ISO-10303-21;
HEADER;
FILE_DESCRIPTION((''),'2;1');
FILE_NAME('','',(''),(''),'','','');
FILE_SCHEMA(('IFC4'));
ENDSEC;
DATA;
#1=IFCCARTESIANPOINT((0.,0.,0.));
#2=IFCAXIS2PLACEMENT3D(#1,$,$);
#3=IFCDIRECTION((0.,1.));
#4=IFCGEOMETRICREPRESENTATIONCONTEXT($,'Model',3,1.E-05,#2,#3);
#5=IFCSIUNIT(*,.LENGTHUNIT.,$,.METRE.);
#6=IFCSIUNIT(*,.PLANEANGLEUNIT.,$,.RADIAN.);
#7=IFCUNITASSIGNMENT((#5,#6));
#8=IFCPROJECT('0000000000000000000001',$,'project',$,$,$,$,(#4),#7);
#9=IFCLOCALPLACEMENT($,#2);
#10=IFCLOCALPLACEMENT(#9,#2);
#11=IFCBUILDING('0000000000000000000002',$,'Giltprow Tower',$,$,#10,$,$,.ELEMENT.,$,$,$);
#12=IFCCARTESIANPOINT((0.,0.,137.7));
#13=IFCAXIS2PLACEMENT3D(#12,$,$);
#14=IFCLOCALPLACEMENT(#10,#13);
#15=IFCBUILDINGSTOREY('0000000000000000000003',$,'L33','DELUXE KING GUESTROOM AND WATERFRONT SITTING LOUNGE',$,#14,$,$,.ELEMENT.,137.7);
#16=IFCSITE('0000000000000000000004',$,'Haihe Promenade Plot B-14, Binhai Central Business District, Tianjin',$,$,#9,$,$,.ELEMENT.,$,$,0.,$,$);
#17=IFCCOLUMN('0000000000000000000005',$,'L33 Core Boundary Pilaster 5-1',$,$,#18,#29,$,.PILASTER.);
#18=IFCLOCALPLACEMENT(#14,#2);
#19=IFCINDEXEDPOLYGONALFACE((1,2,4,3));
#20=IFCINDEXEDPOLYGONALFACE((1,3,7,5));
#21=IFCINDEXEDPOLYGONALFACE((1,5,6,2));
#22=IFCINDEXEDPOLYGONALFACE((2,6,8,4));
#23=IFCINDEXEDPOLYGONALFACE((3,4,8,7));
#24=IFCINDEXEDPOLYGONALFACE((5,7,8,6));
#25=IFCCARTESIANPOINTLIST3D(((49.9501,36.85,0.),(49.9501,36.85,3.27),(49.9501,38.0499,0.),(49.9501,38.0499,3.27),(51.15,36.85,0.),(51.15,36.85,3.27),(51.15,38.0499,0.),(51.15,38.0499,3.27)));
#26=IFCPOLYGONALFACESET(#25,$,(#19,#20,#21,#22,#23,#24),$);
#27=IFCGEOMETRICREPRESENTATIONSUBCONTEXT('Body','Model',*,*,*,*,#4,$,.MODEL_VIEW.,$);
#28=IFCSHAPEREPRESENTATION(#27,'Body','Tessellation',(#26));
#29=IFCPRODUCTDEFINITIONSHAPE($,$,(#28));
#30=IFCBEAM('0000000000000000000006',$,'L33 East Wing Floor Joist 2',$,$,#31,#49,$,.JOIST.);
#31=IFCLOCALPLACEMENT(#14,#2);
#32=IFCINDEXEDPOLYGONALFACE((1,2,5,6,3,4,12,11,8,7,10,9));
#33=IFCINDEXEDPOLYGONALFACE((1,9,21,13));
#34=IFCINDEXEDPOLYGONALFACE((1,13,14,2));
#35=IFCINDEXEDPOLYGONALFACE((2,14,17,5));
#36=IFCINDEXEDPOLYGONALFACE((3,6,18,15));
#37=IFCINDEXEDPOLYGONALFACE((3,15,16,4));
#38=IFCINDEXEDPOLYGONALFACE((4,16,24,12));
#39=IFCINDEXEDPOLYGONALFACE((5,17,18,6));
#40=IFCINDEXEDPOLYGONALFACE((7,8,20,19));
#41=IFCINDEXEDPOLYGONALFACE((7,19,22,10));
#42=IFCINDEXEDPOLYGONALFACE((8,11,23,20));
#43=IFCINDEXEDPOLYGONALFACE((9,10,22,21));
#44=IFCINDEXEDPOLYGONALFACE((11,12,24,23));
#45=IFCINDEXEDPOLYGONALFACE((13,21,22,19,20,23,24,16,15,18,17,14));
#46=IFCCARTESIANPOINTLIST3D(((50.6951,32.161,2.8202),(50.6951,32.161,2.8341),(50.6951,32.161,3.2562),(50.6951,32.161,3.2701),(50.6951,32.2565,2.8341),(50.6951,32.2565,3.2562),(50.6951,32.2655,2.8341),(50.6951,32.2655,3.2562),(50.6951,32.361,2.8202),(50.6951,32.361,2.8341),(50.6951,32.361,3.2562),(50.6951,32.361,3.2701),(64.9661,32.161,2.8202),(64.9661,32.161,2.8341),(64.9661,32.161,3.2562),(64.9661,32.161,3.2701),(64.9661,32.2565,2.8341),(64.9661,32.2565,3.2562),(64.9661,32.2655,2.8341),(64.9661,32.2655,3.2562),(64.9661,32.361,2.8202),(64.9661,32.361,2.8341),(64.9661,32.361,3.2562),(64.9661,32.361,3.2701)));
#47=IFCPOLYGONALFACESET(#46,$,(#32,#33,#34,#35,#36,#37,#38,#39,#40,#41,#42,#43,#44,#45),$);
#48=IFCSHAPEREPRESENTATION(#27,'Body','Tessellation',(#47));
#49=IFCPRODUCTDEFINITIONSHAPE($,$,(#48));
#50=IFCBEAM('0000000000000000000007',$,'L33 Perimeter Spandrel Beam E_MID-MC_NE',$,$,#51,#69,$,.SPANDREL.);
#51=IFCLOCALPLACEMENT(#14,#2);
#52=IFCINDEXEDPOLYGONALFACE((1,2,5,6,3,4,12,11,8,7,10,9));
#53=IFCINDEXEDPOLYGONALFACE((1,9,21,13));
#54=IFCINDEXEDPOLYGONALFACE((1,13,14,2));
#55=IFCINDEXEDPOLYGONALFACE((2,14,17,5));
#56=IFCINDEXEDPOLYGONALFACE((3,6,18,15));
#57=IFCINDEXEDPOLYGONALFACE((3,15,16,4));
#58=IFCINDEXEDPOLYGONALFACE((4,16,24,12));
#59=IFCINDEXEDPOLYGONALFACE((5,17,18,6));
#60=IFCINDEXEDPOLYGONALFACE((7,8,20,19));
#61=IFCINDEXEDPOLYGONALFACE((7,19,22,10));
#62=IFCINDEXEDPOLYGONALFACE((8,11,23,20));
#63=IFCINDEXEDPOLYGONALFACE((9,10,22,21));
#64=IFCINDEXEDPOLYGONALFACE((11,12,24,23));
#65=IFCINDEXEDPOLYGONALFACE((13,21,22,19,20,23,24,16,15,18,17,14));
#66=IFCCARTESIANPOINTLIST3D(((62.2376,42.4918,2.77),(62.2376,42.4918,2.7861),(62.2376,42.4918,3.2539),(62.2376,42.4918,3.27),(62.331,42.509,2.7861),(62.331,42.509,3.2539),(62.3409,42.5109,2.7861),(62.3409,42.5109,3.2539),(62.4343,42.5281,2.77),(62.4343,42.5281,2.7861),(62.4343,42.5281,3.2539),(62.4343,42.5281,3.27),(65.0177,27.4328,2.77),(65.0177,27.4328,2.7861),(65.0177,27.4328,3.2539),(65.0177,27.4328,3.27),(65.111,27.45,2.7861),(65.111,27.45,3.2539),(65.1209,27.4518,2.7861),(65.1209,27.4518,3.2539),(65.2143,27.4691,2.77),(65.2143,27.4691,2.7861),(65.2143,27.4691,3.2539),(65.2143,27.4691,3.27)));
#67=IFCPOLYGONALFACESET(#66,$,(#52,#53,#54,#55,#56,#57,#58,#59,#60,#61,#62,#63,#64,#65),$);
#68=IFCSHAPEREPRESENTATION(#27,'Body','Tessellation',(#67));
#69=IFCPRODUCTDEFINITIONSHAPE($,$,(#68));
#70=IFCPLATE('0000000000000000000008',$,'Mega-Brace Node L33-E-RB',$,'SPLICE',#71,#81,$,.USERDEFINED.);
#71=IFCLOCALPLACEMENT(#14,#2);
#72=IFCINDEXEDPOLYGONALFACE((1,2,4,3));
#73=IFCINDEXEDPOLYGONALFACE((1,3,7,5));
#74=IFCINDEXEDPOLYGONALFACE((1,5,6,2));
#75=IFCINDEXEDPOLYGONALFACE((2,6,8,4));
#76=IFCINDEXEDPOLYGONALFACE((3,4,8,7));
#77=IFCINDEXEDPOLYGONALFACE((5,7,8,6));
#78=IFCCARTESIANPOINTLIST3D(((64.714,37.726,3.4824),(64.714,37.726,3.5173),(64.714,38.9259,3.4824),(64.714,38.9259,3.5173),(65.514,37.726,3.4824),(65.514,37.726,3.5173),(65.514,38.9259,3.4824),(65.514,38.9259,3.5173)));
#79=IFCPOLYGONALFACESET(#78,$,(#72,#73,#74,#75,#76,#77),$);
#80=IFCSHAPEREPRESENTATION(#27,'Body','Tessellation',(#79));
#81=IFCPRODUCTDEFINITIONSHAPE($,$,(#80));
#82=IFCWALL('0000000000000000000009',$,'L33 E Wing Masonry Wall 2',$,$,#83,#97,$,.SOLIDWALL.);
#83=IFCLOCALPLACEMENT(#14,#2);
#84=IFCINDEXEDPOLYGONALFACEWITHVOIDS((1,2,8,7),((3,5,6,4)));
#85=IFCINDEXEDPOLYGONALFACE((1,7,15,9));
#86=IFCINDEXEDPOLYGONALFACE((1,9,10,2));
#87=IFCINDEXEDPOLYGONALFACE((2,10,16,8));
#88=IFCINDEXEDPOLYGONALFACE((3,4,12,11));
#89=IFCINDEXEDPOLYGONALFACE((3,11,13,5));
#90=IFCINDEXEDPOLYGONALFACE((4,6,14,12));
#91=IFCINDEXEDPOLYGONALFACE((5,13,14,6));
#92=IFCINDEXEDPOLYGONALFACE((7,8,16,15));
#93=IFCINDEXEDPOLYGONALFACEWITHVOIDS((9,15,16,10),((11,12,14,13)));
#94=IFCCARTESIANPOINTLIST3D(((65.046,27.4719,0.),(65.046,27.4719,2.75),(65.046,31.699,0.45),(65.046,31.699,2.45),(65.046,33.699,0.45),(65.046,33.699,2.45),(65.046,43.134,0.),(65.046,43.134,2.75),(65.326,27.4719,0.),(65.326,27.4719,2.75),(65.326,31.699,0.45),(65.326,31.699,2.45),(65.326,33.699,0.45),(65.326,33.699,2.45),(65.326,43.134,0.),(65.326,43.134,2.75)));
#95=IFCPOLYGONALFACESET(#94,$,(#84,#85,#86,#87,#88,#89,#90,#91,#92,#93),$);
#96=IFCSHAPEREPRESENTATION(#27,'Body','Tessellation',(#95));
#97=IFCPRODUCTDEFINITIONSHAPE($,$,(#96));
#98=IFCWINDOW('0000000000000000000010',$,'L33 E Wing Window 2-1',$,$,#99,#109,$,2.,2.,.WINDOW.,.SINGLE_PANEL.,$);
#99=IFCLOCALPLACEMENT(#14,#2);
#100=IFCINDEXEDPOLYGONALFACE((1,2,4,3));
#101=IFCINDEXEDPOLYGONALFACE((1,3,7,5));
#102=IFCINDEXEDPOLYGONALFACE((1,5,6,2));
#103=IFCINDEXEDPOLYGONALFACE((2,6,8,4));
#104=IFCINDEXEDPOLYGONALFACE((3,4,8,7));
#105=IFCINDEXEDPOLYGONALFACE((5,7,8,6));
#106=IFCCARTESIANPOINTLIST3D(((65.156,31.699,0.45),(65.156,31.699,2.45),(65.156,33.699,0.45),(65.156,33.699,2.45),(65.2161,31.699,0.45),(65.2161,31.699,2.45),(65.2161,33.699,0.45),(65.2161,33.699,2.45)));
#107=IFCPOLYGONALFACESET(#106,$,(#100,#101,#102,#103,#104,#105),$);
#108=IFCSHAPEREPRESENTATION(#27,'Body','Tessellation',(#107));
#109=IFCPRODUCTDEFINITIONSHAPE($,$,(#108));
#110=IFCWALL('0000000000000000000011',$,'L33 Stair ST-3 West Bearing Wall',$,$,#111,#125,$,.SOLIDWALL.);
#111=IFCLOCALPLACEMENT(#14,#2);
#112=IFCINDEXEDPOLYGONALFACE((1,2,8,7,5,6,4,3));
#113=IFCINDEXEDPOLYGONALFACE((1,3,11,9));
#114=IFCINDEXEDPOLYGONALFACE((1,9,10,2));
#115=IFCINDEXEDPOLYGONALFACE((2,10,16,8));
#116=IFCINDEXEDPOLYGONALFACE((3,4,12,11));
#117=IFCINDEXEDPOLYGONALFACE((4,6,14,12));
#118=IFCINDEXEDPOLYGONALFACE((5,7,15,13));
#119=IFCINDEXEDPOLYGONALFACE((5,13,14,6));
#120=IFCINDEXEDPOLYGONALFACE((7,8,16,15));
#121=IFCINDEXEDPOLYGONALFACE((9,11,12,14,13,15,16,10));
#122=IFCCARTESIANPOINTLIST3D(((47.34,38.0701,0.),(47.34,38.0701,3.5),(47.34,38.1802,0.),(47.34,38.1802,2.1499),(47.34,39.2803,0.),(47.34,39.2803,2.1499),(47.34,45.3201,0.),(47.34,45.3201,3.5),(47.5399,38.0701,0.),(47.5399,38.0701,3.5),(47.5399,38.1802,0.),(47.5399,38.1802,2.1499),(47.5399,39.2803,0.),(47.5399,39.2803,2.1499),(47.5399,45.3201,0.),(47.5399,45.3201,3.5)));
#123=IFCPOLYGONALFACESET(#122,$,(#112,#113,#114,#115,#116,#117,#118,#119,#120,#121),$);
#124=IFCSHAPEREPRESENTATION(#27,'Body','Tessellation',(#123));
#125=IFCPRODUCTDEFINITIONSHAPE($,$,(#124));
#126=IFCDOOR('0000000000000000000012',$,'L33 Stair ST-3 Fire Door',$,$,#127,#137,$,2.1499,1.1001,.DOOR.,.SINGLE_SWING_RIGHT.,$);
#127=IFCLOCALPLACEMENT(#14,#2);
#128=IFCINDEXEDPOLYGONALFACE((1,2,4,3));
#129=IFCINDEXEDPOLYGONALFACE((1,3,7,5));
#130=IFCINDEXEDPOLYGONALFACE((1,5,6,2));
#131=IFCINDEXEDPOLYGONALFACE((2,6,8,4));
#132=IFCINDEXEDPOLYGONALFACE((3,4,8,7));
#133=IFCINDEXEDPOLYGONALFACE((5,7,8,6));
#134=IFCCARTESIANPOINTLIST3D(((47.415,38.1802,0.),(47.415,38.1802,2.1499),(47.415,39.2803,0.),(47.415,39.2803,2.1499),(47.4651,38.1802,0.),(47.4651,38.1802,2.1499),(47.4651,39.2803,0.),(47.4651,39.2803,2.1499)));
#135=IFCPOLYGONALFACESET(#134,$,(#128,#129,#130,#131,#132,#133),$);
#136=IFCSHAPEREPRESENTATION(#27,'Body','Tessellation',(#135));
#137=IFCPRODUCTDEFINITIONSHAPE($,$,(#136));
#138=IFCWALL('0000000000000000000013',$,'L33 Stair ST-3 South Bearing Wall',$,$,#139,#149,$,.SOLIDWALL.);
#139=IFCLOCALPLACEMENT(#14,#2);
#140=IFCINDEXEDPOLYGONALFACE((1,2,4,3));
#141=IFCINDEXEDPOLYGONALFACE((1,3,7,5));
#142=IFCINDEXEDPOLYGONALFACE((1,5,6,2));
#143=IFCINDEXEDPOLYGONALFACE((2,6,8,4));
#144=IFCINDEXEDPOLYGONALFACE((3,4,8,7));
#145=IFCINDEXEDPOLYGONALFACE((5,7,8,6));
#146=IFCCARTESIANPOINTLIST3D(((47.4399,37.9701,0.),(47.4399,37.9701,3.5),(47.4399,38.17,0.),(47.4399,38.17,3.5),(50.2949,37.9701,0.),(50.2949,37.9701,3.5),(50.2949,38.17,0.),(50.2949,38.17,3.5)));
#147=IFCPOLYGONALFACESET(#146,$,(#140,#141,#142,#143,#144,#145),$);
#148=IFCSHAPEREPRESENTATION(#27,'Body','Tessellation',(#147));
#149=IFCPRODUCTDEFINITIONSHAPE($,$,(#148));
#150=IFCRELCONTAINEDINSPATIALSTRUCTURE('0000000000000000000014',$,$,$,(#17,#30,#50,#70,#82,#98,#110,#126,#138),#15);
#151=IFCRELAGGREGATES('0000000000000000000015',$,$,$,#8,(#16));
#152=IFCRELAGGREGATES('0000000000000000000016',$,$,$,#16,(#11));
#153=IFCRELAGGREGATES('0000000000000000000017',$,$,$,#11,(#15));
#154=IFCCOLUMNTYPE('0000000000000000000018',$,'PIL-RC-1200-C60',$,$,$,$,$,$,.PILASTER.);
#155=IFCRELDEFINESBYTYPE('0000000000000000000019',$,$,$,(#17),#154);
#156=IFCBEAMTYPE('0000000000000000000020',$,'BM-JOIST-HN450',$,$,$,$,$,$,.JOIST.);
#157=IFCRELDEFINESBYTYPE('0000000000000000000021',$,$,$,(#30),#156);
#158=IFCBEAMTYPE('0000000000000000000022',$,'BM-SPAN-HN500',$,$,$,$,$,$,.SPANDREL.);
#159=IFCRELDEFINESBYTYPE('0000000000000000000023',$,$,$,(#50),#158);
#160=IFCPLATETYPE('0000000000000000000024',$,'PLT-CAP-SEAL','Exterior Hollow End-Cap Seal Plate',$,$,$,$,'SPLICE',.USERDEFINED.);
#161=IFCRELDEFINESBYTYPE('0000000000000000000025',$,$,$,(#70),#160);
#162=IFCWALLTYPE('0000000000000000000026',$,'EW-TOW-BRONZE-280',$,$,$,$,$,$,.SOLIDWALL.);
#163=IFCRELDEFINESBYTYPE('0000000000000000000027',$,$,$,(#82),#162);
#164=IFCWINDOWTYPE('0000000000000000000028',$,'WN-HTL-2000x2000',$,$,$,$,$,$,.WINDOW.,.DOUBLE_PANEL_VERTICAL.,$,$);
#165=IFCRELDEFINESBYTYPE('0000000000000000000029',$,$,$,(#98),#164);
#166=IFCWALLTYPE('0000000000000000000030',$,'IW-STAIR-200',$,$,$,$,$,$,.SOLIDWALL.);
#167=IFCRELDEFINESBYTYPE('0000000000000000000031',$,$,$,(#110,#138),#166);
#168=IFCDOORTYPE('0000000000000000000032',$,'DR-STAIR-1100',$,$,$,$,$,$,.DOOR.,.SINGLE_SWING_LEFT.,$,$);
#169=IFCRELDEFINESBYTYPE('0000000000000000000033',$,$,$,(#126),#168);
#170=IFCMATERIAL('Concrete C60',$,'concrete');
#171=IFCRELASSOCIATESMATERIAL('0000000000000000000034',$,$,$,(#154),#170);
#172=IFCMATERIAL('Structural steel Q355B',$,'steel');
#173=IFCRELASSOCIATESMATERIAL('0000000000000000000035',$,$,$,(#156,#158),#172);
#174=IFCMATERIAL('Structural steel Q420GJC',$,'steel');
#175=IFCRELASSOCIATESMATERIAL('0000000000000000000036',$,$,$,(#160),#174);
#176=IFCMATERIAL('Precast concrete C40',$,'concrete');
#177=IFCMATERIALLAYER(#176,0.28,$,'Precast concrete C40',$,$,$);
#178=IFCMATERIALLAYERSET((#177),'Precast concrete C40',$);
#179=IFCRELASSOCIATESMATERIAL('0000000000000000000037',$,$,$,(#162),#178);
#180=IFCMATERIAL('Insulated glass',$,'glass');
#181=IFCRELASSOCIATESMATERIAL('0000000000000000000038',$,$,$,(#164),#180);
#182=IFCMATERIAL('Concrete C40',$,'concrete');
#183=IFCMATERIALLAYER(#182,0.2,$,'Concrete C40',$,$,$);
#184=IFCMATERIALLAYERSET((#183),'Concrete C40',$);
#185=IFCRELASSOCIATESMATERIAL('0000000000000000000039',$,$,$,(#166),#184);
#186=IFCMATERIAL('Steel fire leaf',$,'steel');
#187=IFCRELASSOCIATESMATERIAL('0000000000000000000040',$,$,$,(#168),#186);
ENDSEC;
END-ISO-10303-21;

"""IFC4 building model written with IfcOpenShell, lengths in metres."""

from ifc_helpers import new_model, si_unit, direction, frame, frame_2d, origin, origin_2d, place, context, subcontext, project, spatial, rectangle, i_section, extrude, source, transform, mapped, material, layer, layer_set, material_profile, profile_set, type_object, element, fill, save


model = new_model("IFC4")

# Units and contexts
model_context = context("Model", 3, precision=1e-05, world=origin(), true_north=direction((0.0, 1.0)))
body_context = subcontext(model_context, "Body", "Model", "MODEL_VIEW")
ifc_project = project(units=[si_unit("LENGTHUNIT", "METRE"), si_unit("PLANEANGLEUNIT", "RADIAN")], contexts=[model_context])

# Site, building, storey
site_placement = place(None, origin())
site = spatial("IfcSite", under=ifc_project, at=site_placement, Name="Haihe Promenade Plot B-14, Binhai Central Business District, Tianjin", CompositionType="ELEMENT", RefElevation=0.0)
building_placement = place(site_placement, origin())
building = spatial("IfcBuilding", under=site, at=building_placement, Name="Giltprow Tower", CompositionType="ELEMENT")
storey_placement = place(building_placement, frame((0.0, 0.0, 137.7)))
storey = spatial("IfcBuildingStorey", under=building, at=storey_placement, Name="L33", Description="DELUXE KING GUESTROOM AND WATERFRONT SITTING LOUNGE", CompositionType="ELEMENT", Elevation=137.7)

# Column
ifc_material_1 = material(Name="Concrete C60", Category="concrete")
ifc_material_profile_1 = material_profile(ifc_material_1, rectangle(XDim=1.2, YDim=1.2, at=origin_2d()), Name="RC 1200x1200")
ifc_profile_set_1 = profile_set([ifc_material_profile_1], Name="Concrete C60")
column_type = type_object("IfcColumnType", Name="PIL-RC-1200-C60", PredefinedType="PILASTER", material=ifc_profile_set_1)
shared_shape_1 = source(origin(), body_context, "Body", "SweptSolid", [
    extrude(rectangle(XDim=1.2, YDim=1.2, at=origin_2d()), origin(), (0.0, 0.0, 1.0), 3.27),
])
column_placement = place(storey_placement, frame((50.55, 37.45, 0.0), z_axis=(0.0, 0.0, 1.0), x_axis=(1.0, 0.0, 0.0)))
element("IfcColumn", 1, at=column_placement, inside=storey, type_object=column_type, Name="L33 Core Boundary Pilaster 5-1", PredefinedType="PILASTER", context=body_context, shape_type="MappedRepresentation", body=[
    mapped(shared_shape_1, transform((0.0, 0.0, 0.0), x_axis=(1.0, 0.0, 0.0), y_axis=(0.0, 1.0, 0.0), z_axis=(0.0, 0.0, 1.0), scale=1.0)),
])

# Beams
ifc_material_2 = material(Name="Structural steel Q355B", Category="steel")
ifc_material_profile_2 = material_profile(ifc_material_2, i_section(OverallWidth=0.2, OverallDepth=0.45, WebThickness=0.009, FlangeThickness=0.0139, at=origin_2d()), Name="HN 450x200x9x14")
ifc_profile_set_2 = profile_set([ifc_material_profile_2], Name="Structural steel Q355B")
beam_type_1 = type_object("IfcBeamType", Name="BM-JOIST-HN450", PredefinedType="JOIST", material=ifc_profile_set_2)
shared_shape_2 = source(origin(), body_context, "Body", "SweptSolid", [
    extrude(i_section(OverallWidth=0.2, OverallDepth=0.45, WebThickness=0.009, FlangeThickness=0.0139, at=origin_2d()), origin(), (0.0, 0.0, 1.0), 14.271),
])
beam_1_placement = place(storey_placement, frame((50.6951, 32.261, 3.0452), z_axis=(1.0, 0.0, 0.0), x_axis=(0.0, 1.0, 0.0)))
element("IfcBeam", 2, at=beam_1_placement, inside=storey, type_object=beam_type_1, Name="L33 East Wing Floor Joist 2", PredefinedType="JOIST", context=body_context, shape_type="MappedRepresentation", body=[
    mapped(shared_shape_2, transform((0.0, 0.0, 0.0), x_axis=(1.0, 0.0, 0.0), y_axis=(0.0, 1.0, 0.0), z_axis=(0.0, 0.0, 1.0), scale=1.0)),
])
ifc_material_profile_3 = material_profile(ifc_material_2, i_section(OverallWidth=0.2, OverallDepth=0.5, WebThickness=0.01, FlangeThickness=0.0161, at=origin_2d()), Name="HN 500x200x10x16")
ifc_profile_set_3 = profile_set([ifc_material_profile_3], Name="Structural steel Q355B")
beam_type_2 = type_object("IfcBeamType", Name="BM-SPAN-HN500", PredefinedType="SPANDREL", material=ifc_profile_set_3)
shared_shape_3 = source(origin(), body_context, "Body", "SweptSolid", [
    extrude(i_section(OverallWidth=0.2, OverallDepth=0.5, WebThickness=0.01, FlangeThickness=0.0161, at=origin_2d()), origin(), (0.0, 0.0, 1.0), 15.3135),
])
beam_2_placement = place(storey_placement, frame((65.116, 27.4509, 3.02), z_axis=(-0.181541, 0.983383, 0.0), x_axis=(-0.983383, -0.181541, 0.0)))
element("IfcBeam", 3, at=beam_2_placement, inside=storey, type_object=beam_type_2, Name="L33 Perimeter Spandrel Beam E_MID-MC_NE", PredefinedType="SPANDREL", context=body_context, shape_type="MappedRepresentation", body=[
    mapped(shared_shape_3, transform((0.0, 0.0, 0.0), x_axis=(1.0, 0.0, 0.0), y_axis=(0.0, 1.0, 0.0), z_axis=(0.0, 0.0, 1.0), scale=1.0)),
])

# Plate
ifc_material_3 = material(Name="Structural steel Q420GJC", Category="steel")
plate_type = type_object("IfcPlateType", Name="PLT-CAP-SEAL", Description="Exterior Hollow End-Cap Seal Plate", ElementType="SPLICE", PredefinedType="USERDEFINED", material=ifc_material_3)
shared_shape_4 = source(origin(), body_context, "Body", "SweptSolid", [
    extrude(rectangle(XDim=1.2, YDim=0.8, at=origin_2d()), origin(), (0.0, 0.0, 1.0), 0.0349),
])
plate_placement = place(storey_placement, frame((65.114, 38.3259, 3.4824), z_axis=(0.0, 0.0, 1.0), x_axis=(0.0, 1.0, 0.0)))
element("IfcPlate", 4, at=plate_placement, inside=storey, type_object=plate_type, Name="Mega-Brace Node L33-E-RB", ObjectType="SPLICE", PredefinedType="USERDEFINED", context=body_context, shape_type="MappedRepresentation", body=[
    mapped(shared_shape_4, transform((0.0, 0.0, 0.0), x_axis=(1.0, 0.0, 0.0), y_axis=(0.0, 1.0, 0.0), z_axis=(0.0, 0.0, 1.0), scale=1.0)),
])

# Wall, opening, window
ifc_material_4 = material(Name="Precast concrete C40", Category="concrete")
ifc_layer_1 = layer(ifc_material_4, 0.28, Name="Precast concrete C40")
ifc_layer_set_1 = layer_set([ifc_layer_1], Name="Precast concrete C40")
wall_type_1 = type_object("IfcWallType", Name="EW-TOW-BRONZE-280", PredefinedType="SOLIDWALL", material=ifc_layer_set_1)
wall_1_placement = place(storey_placement, frame((65.186, 27.4719, 0.0), z_axis=(0.0, 0.0, 1.0), x_axis=(0.0, 1.0, 0.0)))
wall_1 = element("IfcWall", 5, at=wall_1_placement, inside=storey, type_object=wall_type_1, Name="L33 E Wing Masonry Wall 2", PredefinedType="SOLIDWALL", context=body_context, shape_type="SweptSolid", body=[
    extrude(rectangle(XDim=15.6621, YDim=0.28, at=frame_2d((7.8311, 0.0))), origin(), (0.0, 0.0, 1.0), 2.75),
])
opening_1_placement = place(wall_1_placement, frame((4.2271, 0.0, 0.45)))
opening_1 = element("IfcOpeningElement", 6, at=opening_1_placement, cuts=wall_1, PredefinedType="OPENING", context=body_context, shape_type="SweptSolid", body=[
    extrude(rectangle(XDim=2.0, YDim=2.0, at=frame_2d((1.0, 1.0))), frame((0.0, 0.1499, 0.0), z_axis=(0.0, -1.0, 0.0), x_axis=(1.0, 0.0, 0.0)), (0.0, 0.0, 1.0), 0.3),
])
ifc_material_5 = material(Name="Insulated glass", Category="glass")
window_type = type_object("IfcWindowType", Name="WN-HTL-2000x2000", PartitioningType="DOUBLE_PANEL_VERTICAL", PredefinedType="WINDOW", material=ifc_material_5)
shared_shape_5 = source(origin(), body_context, "Body", "SweptSolid", [
    extrude(rectangle(XDim=2.0, YDim=2.0, at=frame_2d((1.0, 1.0))), frame((0.0, 0.03, 0.0), z_axis=(0.0, -1.0, 0.0), x_axis=(1.0, 0.0, 0.0)), (0.0, 0.0, 1.0), 0.0601),
])
window_placement = place(opening_1_placement, origin())
window = element("IfcWindow", 7, at=window_placement, inside=storey, type_object=window_type, Name="L33 E Wing Window 2-1", OverallHeight=2.0, OverallWidth=2.0, PartitioningType="SINGLE_PANEL", PredefinedType="WINDOW", context=body_context, shape_type="MappedRepresentation", body=[
    mapped(shared_shape_5, transform((0.0, 0.0, 0.0), x_axis=(1.0, 0.0, 0.0), y_axis=(0.0, 1.0, 0.0), z_axis=(0.0, 0.0, 1.0), scale=1.0)),
])
fill(opening_1, window)

# Wall, opening, door
ifc_material_6 = material(Name="Concrete C40", Category="concrete")
ifc_layer_2 = layer(ifc_material_6, 0.2, Name="Concrete C40")
ifc_layer_set_2 = layer_set([ifc_layer_2], Name="Concrete C40")
wall_type_2 = type_object("IfcWallType", Name="IW-STAIR-200", PredefinedType="SOLIDWALL", material=ifc_layer_set_2)
wall_2_placement = place(storey_placement, frame((47.4399, 38.0701, 0.0), z_axis=(0.0, 0.0, 1.0), x_axis=(0.0, 1.0, 0.0)))
wall_2 = element("IfcWall", 8, at=wall_2_placement, inside=storey, type_object=wall_type_2, Name="L33 Stair ST-3 West Bearing Wall", PredefinedType="SOLIDWALL", context=body_context, shape_type="SweptSolid", body=[
    extrude(rectangle(XDim=7.25, YDim=0.2, at=frame_2d((3.625, 0.0))), origin(), (0.0, 0.0, 1.0), 3.5),
])
opening_2_placement = place(wall_2_placement, frame((0.1101, 0.0, 0.0)))
opening_2 = element("IfcOpeningElement", 9, at=opening_2_placement, cuts=wall_2, PredefinedType="OPENING", context=body_context, shape_type="SweptSolid", body=[
    extrude(rectangle(XDim=1.1001, YDim=2.1499, at=frame_2d((0.55, 1.075))), frame((0.0, 0.1099, 0.0), z_axis=(0.0, -1.0, 0.0), x_axis=(1.0, 0.0, 0.0)), (0.0, 0.0, 1.0), 0.22),
])
ifc_material_7 = material(Name="Steel fire leaf", Category="steel")
door_type_1 = type_object("IfcDoorType", Name="DR-STAIR-1100", OperationType="SINGLE_SWING_LEFT", PredefinedType="DOOR", material=ifc_material_7)
shared_shape_6 = source(origin(), body_context, "Body", "SweptSolid", [
    extrude(rectangle(XDim=1.1001, YDim=2.1499, at=frame_2d((0.55, 1.075))), frame((0.0, 0.0249, 0.0), z_axis=(0.0, -1.0, 0.0), x_axis=(1.0, 0.0, 0.0)), (0.0, 0.0, 1.0), 0.05),
])
door_1_placement = place(opening_2_placement, origin())
door_1 = element("IfcDoor", 10, at=door_1_placement, inside=storey, type_object=door_type_1, Name="L33 Stair ST-3 Fire Door", OperationType="SINGLE_SWING_RIGHT", OverallHeight=2.1499, OverallWidth=1.1001, PredefinedType="DOOR", context=body_context, shape_type="MappedRepresentation", body=[
    mapped(shared_shape_6, transform((0.0, 0.0, 0.0), x_axis=(1.0, 0.0, 0.0), y_axis=(0.0, 1.0, 0.0), z_axis=(0.0, 0.0, 1.0), scale=1.0)),
])
fill(opening_2, door_1)

# Wall
wall_3_placement = place(storey_placement, frame((47.4399, 38.0701, 0.0), z_axis=(0.0, 0.0, 1.0), x_axis=(1.0, 0.0, 0.0)))
element("IfcWall", 11, at=wall_3_placement, inside=storey, type_object=wall_type_2, Name="L33 Stair ST-3 South Bearing Wall", PredefinedType="SOLIDWALL", context=body_context, shape_type="SweptSolid", body=[
    extrude(rectangle(XDim=2.855, YDim=0.2, at=frame_2d((1.4275, 0.0))), origin(), (0.0, 0.0, 1.0), 3.5),
])

save(model, "model.ifc")
